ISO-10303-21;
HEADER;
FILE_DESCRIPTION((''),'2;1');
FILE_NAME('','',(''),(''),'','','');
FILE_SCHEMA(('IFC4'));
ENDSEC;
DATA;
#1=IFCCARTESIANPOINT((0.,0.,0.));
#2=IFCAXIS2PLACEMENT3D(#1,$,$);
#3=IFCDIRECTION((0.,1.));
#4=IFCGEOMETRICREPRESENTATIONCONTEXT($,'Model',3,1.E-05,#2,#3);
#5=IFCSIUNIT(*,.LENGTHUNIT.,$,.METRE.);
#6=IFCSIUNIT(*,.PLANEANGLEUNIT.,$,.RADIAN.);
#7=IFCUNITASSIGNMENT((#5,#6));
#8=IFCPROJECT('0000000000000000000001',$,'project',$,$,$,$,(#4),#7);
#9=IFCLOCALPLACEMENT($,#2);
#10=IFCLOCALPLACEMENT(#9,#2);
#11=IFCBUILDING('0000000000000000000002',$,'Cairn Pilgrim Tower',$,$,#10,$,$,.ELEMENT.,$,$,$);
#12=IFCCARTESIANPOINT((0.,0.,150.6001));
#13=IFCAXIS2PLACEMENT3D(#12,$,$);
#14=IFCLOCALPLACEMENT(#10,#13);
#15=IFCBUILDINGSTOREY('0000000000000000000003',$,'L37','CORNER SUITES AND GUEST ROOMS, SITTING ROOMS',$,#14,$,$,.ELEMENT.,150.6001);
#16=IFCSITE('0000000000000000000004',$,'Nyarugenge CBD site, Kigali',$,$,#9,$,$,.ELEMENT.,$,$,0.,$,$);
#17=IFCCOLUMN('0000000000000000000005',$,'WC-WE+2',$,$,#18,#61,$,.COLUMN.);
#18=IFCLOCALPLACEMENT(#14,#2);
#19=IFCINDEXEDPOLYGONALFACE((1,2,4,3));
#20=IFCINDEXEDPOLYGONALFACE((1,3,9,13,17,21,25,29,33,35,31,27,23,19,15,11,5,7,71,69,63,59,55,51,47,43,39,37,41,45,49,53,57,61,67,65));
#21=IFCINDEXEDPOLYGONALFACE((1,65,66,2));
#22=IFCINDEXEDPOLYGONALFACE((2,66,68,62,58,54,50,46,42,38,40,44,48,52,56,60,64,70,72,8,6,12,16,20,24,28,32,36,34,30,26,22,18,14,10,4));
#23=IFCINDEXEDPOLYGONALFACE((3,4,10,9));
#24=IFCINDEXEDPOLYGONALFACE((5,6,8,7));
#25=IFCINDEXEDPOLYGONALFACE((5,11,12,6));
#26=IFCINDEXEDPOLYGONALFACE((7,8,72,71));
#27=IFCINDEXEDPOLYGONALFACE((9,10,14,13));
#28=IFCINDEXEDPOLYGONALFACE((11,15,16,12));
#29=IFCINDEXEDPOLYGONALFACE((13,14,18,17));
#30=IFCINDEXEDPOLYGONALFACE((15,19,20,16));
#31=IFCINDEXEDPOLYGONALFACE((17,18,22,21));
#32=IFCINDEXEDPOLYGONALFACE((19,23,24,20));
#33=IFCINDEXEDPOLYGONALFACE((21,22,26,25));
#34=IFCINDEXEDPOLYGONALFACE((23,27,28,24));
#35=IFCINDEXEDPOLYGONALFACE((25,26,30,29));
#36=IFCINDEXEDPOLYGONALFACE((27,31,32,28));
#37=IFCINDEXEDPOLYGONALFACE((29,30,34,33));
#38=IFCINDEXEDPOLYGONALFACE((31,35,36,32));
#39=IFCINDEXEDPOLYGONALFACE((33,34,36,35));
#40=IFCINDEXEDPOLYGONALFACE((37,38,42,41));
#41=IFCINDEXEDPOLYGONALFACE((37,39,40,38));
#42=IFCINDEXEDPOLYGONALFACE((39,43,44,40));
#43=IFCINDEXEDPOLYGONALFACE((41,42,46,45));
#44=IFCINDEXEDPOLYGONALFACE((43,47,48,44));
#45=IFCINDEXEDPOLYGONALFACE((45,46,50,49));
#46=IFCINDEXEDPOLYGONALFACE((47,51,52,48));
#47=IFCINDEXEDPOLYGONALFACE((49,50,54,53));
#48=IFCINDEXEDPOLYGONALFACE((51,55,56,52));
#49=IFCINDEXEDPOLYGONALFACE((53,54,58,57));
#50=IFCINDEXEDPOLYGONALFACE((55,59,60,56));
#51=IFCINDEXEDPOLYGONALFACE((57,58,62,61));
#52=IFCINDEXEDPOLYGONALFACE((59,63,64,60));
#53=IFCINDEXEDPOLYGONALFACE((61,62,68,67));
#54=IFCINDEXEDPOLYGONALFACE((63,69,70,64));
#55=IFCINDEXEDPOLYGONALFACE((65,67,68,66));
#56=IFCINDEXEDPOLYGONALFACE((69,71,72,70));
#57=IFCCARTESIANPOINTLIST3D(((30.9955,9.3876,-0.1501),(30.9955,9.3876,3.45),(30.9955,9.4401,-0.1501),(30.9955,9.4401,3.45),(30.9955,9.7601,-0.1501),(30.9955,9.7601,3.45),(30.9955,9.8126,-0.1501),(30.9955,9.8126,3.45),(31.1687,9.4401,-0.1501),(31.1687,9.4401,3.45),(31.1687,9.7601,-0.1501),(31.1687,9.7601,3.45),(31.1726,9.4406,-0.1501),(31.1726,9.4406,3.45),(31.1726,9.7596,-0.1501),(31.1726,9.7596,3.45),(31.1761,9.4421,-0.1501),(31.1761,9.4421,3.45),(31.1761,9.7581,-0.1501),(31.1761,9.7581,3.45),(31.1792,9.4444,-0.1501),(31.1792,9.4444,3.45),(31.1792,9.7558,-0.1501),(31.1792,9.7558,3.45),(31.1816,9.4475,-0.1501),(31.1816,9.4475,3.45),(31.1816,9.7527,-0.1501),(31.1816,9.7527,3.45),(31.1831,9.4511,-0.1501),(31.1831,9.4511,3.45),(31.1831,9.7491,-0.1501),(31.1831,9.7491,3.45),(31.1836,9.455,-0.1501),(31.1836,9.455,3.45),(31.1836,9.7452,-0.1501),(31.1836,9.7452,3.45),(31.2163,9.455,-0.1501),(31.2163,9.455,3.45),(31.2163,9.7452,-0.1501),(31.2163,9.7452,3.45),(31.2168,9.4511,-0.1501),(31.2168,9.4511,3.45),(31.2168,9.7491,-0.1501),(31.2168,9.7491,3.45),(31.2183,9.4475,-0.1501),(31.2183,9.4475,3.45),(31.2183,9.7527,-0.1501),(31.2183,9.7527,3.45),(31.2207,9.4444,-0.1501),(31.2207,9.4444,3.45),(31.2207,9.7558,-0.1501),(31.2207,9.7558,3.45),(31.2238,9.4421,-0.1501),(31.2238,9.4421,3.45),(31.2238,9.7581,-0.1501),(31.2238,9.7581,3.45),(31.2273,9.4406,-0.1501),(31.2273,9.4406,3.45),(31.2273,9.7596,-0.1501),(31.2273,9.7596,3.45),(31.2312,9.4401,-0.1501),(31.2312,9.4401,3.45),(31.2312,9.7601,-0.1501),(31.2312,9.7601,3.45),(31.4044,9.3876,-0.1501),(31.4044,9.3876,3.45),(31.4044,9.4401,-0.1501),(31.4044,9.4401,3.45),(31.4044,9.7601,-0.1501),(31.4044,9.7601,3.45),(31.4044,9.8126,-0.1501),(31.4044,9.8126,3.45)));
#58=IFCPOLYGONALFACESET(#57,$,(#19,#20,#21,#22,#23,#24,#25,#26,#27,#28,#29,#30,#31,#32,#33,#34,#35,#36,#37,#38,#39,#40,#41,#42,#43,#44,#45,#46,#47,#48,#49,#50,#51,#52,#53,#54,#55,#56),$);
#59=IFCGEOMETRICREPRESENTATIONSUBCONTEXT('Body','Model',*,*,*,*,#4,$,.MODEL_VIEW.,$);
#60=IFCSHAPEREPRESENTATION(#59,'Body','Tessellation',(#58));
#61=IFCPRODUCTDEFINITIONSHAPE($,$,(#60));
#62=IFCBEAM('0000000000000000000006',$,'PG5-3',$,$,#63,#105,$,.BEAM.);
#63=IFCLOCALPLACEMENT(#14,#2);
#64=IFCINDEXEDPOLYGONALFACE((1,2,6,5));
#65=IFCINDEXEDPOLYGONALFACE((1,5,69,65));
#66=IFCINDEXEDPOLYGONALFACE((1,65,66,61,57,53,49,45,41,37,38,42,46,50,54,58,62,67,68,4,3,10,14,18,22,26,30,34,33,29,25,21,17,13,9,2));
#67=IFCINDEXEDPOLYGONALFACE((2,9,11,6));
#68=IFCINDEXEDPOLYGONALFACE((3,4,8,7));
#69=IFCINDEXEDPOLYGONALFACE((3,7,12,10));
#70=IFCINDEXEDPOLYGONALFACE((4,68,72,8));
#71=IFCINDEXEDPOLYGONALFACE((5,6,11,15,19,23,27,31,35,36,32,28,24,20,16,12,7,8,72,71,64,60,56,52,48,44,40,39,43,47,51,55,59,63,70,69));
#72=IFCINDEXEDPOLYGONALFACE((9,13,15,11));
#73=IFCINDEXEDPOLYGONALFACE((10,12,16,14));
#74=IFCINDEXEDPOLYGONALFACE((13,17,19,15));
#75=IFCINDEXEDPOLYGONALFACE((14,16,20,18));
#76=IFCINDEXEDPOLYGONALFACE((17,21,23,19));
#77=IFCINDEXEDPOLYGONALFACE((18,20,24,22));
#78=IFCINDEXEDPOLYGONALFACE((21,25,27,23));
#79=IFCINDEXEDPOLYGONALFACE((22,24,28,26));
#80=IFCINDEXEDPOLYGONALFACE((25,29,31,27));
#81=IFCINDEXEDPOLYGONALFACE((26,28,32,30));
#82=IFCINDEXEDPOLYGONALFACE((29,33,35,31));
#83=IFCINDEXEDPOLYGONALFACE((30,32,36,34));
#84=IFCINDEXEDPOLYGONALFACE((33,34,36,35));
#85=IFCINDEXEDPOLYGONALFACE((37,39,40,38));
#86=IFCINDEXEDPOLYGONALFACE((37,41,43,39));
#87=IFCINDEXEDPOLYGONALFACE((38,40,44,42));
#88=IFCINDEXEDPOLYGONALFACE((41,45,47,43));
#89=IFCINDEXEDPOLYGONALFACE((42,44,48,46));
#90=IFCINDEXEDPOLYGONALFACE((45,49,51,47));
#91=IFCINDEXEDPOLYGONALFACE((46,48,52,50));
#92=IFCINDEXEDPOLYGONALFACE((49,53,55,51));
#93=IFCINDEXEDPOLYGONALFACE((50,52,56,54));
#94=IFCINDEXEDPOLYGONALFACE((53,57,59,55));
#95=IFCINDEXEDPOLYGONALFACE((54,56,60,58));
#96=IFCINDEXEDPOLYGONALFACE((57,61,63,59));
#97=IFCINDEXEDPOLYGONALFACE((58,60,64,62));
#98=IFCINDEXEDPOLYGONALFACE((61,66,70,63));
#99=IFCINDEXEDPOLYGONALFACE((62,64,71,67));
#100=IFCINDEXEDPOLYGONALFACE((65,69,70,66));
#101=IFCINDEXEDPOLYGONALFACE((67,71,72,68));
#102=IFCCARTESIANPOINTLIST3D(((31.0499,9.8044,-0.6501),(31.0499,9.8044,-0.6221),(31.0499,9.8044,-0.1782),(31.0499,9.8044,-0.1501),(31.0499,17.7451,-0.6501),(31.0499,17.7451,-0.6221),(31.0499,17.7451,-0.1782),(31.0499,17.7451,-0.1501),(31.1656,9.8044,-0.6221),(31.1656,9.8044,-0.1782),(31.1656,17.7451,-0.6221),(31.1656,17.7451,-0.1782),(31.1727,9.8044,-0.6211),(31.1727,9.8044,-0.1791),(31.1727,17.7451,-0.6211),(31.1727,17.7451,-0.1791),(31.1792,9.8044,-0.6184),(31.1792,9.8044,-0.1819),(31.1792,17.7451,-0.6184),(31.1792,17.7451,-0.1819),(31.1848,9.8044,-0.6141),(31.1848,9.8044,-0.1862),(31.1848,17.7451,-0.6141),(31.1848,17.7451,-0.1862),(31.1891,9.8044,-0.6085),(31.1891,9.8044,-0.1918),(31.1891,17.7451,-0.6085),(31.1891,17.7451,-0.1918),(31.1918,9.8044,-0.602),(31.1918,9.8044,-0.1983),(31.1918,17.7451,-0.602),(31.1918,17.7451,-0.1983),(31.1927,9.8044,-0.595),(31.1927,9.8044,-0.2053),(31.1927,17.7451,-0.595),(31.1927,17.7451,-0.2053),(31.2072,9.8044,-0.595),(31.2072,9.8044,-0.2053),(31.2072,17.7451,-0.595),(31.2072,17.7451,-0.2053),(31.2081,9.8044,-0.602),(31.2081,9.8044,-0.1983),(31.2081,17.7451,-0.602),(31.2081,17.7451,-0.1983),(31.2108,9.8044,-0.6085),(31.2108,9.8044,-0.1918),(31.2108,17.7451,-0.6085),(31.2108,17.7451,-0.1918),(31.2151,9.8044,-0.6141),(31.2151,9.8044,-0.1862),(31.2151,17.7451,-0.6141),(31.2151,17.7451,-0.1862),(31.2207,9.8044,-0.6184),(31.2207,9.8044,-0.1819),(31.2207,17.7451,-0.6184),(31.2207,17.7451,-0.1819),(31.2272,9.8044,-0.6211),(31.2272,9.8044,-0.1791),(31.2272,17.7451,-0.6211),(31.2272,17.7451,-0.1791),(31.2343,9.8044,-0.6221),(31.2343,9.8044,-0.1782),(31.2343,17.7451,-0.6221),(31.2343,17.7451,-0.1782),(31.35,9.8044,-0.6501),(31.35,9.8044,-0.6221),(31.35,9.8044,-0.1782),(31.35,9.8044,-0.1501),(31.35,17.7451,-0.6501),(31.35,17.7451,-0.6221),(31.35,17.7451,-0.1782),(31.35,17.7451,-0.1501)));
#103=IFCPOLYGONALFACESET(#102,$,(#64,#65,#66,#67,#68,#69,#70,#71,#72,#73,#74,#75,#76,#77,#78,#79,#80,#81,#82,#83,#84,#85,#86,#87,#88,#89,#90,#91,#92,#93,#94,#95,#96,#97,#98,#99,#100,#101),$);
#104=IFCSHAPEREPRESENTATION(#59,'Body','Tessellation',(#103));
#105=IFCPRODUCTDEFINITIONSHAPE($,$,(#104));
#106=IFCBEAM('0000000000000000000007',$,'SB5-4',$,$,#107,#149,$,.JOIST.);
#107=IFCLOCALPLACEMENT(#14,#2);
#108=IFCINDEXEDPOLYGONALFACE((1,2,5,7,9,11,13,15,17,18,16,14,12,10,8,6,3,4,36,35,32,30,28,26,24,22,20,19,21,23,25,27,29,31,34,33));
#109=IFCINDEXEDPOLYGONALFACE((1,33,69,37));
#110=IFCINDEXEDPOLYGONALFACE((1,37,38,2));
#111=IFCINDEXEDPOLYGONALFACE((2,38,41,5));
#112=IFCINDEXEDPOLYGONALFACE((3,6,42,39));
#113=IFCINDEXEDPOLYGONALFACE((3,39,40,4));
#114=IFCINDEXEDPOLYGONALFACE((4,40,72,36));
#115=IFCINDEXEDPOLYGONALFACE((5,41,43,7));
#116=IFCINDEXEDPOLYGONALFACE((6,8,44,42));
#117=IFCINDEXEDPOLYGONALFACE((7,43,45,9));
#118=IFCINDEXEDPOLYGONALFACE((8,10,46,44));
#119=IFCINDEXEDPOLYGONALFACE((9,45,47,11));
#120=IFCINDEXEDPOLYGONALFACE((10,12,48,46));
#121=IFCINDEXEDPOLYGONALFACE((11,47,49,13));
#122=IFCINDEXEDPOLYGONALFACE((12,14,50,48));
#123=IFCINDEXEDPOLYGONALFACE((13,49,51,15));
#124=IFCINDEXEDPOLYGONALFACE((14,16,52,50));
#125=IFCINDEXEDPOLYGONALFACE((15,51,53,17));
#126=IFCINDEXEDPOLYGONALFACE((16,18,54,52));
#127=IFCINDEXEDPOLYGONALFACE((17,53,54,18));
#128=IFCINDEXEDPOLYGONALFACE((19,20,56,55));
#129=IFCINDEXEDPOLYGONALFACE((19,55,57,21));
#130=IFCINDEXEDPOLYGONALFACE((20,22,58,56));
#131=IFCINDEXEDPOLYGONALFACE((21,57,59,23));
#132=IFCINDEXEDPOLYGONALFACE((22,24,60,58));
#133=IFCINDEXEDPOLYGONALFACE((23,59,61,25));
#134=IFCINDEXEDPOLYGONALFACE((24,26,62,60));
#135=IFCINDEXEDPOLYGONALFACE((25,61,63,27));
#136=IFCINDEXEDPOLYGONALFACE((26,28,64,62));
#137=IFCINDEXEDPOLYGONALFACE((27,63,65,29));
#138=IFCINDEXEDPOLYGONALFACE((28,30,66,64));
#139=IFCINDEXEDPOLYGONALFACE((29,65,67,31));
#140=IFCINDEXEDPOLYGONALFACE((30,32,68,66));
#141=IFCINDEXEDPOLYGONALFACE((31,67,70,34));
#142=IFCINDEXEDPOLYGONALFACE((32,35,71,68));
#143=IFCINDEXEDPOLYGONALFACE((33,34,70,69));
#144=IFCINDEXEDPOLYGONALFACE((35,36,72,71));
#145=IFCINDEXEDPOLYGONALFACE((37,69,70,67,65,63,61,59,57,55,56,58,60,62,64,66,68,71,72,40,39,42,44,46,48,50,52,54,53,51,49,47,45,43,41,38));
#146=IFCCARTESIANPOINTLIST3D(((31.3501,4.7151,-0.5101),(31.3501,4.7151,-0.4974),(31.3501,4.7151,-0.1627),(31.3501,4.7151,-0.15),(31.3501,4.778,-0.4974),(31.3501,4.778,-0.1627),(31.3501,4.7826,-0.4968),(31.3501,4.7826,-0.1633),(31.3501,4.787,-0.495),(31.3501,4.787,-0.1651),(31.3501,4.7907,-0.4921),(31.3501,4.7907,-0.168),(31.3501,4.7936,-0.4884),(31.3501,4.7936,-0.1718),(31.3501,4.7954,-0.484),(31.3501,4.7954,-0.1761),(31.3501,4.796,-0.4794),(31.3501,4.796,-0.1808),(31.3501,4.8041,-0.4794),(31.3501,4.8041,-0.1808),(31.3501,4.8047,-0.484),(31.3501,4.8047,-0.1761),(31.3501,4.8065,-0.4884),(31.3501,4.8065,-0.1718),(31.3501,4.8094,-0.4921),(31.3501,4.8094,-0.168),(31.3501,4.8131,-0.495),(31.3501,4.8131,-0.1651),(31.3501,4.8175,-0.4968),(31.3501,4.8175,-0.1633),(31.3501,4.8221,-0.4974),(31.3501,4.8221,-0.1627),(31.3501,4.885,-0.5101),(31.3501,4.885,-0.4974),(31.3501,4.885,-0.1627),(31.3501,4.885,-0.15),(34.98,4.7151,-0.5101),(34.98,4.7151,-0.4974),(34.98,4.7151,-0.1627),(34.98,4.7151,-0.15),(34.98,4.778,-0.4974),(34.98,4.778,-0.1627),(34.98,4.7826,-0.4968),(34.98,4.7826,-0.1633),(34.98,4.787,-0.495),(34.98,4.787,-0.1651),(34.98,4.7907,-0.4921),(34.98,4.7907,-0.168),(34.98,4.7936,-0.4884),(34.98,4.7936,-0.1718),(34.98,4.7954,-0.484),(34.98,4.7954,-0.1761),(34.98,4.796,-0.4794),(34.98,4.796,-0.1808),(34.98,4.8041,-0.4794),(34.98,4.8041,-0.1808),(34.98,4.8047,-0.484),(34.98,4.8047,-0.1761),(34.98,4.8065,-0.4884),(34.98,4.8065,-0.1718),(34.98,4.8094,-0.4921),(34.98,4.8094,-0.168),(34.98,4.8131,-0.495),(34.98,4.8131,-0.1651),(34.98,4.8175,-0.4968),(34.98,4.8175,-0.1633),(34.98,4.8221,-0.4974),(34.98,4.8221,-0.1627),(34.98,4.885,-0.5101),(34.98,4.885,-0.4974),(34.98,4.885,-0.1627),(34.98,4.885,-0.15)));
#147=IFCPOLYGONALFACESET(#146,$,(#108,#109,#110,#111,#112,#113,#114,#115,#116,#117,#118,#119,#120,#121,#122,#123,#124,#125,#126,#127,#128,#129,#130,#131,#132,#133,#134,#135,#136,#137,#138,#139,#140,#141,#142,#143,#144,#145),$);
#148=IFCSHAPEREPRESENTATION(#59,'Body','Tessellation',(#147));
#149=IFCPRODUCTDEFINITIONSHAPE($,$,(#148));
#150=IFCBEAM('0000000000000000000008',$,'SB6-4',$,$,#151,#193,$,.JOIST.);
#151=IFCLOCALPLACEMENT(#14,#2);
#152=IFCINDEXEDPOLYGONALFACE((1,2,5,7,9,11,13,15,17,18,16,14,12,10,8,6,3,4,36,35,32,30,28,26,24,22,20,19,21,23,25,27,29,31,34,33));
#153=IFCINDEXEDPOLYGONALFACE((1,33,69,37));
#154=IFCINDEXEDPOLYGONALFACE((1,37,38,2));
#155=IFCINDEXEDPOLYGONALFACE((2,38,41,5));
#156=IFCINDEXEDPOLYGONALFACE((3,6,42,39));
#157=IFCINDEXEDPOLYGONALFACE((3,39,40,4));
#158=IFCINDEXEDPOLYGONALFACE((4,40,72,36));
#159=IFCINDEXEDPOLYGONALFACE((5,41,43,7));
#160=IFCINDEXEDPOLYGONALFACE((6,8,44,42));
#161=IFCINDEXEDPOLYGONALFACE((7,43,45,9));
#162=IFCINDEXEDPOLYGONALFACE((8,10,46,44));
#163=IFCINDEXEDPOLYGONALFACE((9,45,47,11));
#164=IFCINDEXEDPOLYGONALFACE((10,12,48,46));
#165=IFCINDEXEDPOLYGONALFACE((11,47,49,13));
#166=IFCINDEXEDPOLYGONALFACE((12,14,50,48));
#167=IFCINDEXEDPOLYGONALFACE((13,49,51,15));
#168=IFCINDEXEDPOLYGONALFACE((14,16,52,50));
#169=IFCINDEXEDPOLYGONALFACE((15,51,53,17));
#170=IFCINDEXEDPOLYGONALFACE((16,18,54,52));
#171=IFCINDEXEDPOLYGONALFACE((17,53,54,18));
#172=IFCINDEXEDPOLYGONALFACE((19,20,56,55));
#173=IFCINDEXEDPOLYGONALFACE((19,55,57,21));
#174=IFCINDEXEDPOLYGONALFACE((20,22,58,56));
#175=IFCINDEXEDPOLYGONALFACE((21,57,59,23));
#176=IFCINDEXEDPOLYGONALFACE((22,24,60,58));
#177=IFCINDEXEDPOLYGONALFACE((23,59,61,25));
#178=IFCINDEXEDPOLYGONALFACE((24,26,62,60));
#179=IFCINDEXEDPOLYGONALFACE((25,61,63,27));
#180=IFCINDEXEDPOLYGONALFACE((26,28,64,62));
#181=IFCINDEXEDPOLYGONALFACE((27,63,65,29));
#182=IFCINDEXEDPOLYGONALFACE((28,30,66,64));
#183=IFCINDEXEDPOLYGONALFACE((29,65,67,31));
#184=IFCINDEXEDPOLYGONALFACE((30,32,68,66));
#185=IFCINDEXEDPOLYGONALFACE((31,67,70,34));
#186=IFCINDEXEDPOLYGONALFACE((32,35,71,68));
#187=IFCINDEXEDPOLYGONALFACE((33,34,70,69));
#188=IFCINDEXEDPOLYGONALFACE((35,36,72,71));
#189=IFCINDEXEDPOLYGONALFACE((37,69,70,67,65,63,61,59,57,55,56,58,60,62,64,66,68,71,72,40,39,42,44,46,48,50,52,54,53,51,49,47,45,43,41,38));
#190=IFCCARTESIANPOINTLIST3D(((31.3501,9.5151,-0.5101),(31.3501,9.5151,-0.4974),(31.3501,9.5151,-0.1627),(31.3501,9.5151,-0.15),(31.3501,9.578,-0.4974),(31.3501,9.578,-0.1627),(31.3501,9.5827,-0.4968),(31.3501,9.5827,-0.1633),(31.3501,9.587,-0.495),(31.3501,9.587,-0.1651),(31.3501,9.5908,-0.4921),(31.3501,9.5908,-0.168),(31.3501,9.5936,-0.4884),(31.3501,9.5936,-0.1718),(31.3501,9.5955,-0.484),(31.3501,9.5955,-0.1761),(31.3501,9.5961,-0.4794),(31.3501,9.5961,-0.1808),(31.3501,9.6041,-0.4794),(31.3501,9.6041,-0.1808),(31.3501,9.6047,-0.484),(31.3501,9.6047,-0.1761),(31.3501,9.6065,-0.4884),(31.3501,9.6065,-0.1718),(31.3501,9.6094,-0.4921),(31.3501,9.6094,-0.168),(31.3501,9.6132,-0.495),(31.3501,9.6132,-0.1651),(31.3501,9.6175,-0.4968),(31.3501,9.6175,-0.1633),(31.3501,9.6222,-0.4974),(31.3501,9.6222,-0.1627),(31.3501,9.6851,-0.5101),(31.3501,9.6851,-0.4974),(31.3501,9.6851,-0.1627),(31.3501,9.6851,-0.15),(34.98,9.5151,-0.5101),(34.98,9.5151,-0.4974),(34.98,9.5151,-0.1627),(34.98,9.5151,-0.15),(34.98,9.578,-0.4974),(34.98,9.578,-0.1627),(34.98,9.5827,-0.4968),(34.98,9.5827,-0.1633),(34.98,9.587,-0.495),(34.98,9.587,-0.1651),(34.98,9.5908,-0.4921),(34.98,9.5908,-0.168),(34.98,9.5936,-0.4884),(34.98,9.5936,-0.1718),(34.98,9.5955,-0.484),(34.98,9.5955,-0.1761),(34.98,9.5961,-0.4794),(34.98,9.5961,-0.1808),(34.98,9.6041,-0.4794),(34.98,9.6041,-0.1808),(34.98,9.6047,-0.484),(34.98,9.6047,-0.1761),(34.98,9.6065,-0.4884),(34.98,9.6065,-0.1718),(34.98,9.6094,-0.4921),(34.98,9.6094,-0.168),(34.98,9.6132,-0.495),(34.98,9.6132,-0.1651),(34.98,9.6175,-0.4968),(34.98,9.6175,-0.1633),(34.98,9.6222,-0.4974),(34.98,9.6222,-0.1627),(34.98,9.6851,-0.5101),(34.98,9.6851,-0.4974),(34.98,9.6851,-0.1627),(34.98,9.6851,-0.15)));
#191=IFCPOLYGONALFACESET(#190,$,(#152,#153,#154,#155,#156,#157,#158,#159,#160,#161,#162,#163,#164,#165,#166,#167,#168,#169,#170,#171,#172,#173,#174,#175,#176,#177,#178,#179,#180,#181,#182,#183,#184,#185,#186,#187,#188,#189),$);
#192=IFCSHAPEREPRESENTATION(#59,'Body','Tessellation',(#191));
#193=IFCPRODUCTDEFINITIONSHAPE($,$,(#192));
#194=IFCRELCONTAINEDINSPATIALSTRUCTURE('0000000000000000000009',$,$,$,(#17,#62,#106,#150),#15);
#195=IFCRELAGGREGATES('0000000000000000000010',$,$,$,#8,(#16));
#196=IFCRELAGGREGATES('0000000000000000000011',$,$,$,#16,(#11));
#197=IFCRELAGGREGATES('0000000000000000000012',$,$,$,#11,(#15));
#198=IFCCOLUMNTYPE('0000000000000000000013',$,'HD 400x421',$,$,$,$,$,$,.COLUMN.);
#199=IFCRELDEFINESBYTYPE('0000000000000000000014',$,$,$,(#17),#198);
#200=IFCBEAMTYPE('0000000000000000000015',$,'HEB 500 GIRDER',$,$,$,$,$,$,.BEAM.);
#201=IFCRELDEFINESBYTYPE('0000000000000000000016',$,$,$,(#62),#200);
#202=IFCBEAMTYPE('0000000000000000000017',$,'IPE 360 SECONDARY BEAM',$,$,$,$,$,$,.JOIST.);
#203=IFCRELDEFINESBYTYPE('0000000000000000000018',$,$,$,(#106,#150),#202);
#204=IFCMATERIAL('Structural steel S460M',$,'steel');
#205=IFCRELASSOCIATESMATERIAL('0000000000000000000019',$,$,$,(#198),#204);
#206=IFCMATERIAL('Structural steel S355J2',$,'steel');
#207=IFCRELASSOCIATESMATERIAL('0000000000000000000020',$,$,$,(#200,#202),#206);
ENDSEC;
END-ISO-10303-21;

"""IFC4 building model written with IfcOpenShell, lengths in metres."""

from ifc_helpers import new_model, si_unit, direction, frame, origin, origin_2d, place, context, subcontext, project, spatial, i_section, extrude, material, material_profile, profile_set, type_object, element, save


model = new_model("IFC4")

# Units and contexts
model_context = context("Model", 3, precision=1e-05, world=origin(), true_north=direction((0.0, 1.0)))
body_context = subcontext(model_context, "Body", "Model", "MODEL_VIEW")
ifc_project = project(units=[si_unit("LENGTHUNIT", "METRE"), si_unit("PLANEANGLEUNIT", "RADIAN")], contexts=[model_context])

# Site, building, storey
site_placement = place(None, origin())
site = spatial("IfcSite", under=ifc_project, at=site_placement, Name="Nyarugenge CBD site, Kigali", CompositionType="ELEMENT", RefElevation=0.0)
building_placement = place(site_placement, origin())
building = spatial("IfcBuilding", under=site, at=building_placement, Name="Cairn Pilgrim Tower", CompositionType="ELEMENT")
storey_placement = place(building_placement, frame((0.0, 0.0, 150.6001)))
storey = spatial("IfcBuildingStorey", under=building, at=storey_placement, Name="L37", Description="CORNER SUITES AND GUEST ROOMS, SITTING ROOMS", CompositionType="ELEMENT", Elevation=150.6001)

# Column
ifc_material_1 = material(Name="Structural steel S460M", Category="steel")
ifc_material_profile_1 = material_profile(ifc_material_1, i_section(OverallWidth=0.4089, OverallDepth=0.425, WebThickness=0.0327, FlangeThickness=0.0525, FilletRadius=0.0149, at=origin_2d()), Name="HD 400x421")
ifc_profile_set_1 = profile_set([ifc_material_profile_1], Name="Structural steel S460M")
column_type = type_object("IfcColumnType", Name="HD 400x421", PredefinedType="COLUMN", material=ifc_profile_set_1)
column_placement = place(storey_placement, frame((31.2, 9.6001, -0.1501), z_axis=(0.0, 0.0, 1.0), x_axis=(1.0, 0.0, 0.0)))
element("IfcColumn", 1, at=column_placement, inside=storey, type_object=column_type, Name="WC-WE+2", PredefinedType="COLUMN", context=body_context, shape_type="SweptSolid", body=[
    extrude(i_section(OverallWidth=0.4089, OverallDepth=0.425, WebThickness=0.0327, FlangeThickness=0.0525, FilletRadius=0.0149, at=origin_2d()), origin(), (0.0, 0.0, 1.0), 3.6001),
])

# Beams
ifc_material_2 = material(Name="Structural steel S355J2", Category="steel")
ifc_material_profile_2 = material_profile(ifc_material_2, i_section(OverallWidth=0.3, OverallDepth=0.5, WebThickness=0.0144, FlangeThickness=0.0281, FilletRadius=0.0271, at=origin_2d()), Name="HEB 500")
ifc_profile_set_2 = profile_set([ifc_material_profile_2], Name="Structural steel S355J2")
beam_type_1 = type_object("IfcBeamType", Name="HEB 500 GIRDER", PredefinedType="BEAM", material=ifc_profile_set_2)
beam_placement = place(storey_placement, frame((31.2, 9.8044, -0.4001), z_axis=(0.0, 1.0, 0.0), x_axis=(-1.0, 0.0, 0.0)))
element("IfcBeam", 2, at=beam_placement, inside=storey, type_object=beam_type_1, Name="PG5-3", PredefinedType="BEAM", context=body_context, shape_type="SweptSolid", body=[
    extrude(i_section(OverallWidth=0.3, OverallDepth=0.5, WebThickness=0.0144, FlangeThickness=0.0281, FilletRadius=0.0271, at=origin_2d()), origin(), (0.0, 0.0, 1.0), 7.9407),
])
ifc_material_profile_3 = material_profile(ifc_material_2, i_section(OverallWidth=0.1699, OverallDepth=0.3601, WebThickness=0.0081, FlangeThickness=0.0127, FilletRadius=0.0181, at=origin_2d()), Name="IPE 360")
ifc_profile_set_3 = profile_set([ifc_material_profile_3], Name="Structural steel S355J2")
beam_type_2 = type_object("IfcBeamType", Name="IPE 360 SECONDARY BEAM", PredefinedType="JOIST", material=ifc_profile_set_3)
for number, where, z_axis, x_axis, name in (
    (3, (31.3501, 4.8, -0.3301), (1.0, 0.0, 0.0), (0.0, 1.0, 0.0), "SB5-4"),
    (4, (31.3501, 9.6001, -0.3301), (1.0, 0.0, 0.0), (0.0, 1.0, 0.0), "SB6-4"),
):
    element("IfcBeam", number, at=place(storey_placement, frame(where, z_axis=z_axis, x_axis=x_axis)), inside=storey, type_object=beam_type_2, Name=name, PredefinedType="JOIST", context=body_context, shape_type="SweptSolid", body=[
        extrude(i_section(OverallWidth=0.1699, OverallDepth=0.3601, WebThickness=0.0081, FlangeThickness=0.0127, FilletRadius=0.0181, at=origin_2d()), origin(), (0.0, 0.0, 1.0), 3.6299),
    ])

save(model, "model.ifc")
